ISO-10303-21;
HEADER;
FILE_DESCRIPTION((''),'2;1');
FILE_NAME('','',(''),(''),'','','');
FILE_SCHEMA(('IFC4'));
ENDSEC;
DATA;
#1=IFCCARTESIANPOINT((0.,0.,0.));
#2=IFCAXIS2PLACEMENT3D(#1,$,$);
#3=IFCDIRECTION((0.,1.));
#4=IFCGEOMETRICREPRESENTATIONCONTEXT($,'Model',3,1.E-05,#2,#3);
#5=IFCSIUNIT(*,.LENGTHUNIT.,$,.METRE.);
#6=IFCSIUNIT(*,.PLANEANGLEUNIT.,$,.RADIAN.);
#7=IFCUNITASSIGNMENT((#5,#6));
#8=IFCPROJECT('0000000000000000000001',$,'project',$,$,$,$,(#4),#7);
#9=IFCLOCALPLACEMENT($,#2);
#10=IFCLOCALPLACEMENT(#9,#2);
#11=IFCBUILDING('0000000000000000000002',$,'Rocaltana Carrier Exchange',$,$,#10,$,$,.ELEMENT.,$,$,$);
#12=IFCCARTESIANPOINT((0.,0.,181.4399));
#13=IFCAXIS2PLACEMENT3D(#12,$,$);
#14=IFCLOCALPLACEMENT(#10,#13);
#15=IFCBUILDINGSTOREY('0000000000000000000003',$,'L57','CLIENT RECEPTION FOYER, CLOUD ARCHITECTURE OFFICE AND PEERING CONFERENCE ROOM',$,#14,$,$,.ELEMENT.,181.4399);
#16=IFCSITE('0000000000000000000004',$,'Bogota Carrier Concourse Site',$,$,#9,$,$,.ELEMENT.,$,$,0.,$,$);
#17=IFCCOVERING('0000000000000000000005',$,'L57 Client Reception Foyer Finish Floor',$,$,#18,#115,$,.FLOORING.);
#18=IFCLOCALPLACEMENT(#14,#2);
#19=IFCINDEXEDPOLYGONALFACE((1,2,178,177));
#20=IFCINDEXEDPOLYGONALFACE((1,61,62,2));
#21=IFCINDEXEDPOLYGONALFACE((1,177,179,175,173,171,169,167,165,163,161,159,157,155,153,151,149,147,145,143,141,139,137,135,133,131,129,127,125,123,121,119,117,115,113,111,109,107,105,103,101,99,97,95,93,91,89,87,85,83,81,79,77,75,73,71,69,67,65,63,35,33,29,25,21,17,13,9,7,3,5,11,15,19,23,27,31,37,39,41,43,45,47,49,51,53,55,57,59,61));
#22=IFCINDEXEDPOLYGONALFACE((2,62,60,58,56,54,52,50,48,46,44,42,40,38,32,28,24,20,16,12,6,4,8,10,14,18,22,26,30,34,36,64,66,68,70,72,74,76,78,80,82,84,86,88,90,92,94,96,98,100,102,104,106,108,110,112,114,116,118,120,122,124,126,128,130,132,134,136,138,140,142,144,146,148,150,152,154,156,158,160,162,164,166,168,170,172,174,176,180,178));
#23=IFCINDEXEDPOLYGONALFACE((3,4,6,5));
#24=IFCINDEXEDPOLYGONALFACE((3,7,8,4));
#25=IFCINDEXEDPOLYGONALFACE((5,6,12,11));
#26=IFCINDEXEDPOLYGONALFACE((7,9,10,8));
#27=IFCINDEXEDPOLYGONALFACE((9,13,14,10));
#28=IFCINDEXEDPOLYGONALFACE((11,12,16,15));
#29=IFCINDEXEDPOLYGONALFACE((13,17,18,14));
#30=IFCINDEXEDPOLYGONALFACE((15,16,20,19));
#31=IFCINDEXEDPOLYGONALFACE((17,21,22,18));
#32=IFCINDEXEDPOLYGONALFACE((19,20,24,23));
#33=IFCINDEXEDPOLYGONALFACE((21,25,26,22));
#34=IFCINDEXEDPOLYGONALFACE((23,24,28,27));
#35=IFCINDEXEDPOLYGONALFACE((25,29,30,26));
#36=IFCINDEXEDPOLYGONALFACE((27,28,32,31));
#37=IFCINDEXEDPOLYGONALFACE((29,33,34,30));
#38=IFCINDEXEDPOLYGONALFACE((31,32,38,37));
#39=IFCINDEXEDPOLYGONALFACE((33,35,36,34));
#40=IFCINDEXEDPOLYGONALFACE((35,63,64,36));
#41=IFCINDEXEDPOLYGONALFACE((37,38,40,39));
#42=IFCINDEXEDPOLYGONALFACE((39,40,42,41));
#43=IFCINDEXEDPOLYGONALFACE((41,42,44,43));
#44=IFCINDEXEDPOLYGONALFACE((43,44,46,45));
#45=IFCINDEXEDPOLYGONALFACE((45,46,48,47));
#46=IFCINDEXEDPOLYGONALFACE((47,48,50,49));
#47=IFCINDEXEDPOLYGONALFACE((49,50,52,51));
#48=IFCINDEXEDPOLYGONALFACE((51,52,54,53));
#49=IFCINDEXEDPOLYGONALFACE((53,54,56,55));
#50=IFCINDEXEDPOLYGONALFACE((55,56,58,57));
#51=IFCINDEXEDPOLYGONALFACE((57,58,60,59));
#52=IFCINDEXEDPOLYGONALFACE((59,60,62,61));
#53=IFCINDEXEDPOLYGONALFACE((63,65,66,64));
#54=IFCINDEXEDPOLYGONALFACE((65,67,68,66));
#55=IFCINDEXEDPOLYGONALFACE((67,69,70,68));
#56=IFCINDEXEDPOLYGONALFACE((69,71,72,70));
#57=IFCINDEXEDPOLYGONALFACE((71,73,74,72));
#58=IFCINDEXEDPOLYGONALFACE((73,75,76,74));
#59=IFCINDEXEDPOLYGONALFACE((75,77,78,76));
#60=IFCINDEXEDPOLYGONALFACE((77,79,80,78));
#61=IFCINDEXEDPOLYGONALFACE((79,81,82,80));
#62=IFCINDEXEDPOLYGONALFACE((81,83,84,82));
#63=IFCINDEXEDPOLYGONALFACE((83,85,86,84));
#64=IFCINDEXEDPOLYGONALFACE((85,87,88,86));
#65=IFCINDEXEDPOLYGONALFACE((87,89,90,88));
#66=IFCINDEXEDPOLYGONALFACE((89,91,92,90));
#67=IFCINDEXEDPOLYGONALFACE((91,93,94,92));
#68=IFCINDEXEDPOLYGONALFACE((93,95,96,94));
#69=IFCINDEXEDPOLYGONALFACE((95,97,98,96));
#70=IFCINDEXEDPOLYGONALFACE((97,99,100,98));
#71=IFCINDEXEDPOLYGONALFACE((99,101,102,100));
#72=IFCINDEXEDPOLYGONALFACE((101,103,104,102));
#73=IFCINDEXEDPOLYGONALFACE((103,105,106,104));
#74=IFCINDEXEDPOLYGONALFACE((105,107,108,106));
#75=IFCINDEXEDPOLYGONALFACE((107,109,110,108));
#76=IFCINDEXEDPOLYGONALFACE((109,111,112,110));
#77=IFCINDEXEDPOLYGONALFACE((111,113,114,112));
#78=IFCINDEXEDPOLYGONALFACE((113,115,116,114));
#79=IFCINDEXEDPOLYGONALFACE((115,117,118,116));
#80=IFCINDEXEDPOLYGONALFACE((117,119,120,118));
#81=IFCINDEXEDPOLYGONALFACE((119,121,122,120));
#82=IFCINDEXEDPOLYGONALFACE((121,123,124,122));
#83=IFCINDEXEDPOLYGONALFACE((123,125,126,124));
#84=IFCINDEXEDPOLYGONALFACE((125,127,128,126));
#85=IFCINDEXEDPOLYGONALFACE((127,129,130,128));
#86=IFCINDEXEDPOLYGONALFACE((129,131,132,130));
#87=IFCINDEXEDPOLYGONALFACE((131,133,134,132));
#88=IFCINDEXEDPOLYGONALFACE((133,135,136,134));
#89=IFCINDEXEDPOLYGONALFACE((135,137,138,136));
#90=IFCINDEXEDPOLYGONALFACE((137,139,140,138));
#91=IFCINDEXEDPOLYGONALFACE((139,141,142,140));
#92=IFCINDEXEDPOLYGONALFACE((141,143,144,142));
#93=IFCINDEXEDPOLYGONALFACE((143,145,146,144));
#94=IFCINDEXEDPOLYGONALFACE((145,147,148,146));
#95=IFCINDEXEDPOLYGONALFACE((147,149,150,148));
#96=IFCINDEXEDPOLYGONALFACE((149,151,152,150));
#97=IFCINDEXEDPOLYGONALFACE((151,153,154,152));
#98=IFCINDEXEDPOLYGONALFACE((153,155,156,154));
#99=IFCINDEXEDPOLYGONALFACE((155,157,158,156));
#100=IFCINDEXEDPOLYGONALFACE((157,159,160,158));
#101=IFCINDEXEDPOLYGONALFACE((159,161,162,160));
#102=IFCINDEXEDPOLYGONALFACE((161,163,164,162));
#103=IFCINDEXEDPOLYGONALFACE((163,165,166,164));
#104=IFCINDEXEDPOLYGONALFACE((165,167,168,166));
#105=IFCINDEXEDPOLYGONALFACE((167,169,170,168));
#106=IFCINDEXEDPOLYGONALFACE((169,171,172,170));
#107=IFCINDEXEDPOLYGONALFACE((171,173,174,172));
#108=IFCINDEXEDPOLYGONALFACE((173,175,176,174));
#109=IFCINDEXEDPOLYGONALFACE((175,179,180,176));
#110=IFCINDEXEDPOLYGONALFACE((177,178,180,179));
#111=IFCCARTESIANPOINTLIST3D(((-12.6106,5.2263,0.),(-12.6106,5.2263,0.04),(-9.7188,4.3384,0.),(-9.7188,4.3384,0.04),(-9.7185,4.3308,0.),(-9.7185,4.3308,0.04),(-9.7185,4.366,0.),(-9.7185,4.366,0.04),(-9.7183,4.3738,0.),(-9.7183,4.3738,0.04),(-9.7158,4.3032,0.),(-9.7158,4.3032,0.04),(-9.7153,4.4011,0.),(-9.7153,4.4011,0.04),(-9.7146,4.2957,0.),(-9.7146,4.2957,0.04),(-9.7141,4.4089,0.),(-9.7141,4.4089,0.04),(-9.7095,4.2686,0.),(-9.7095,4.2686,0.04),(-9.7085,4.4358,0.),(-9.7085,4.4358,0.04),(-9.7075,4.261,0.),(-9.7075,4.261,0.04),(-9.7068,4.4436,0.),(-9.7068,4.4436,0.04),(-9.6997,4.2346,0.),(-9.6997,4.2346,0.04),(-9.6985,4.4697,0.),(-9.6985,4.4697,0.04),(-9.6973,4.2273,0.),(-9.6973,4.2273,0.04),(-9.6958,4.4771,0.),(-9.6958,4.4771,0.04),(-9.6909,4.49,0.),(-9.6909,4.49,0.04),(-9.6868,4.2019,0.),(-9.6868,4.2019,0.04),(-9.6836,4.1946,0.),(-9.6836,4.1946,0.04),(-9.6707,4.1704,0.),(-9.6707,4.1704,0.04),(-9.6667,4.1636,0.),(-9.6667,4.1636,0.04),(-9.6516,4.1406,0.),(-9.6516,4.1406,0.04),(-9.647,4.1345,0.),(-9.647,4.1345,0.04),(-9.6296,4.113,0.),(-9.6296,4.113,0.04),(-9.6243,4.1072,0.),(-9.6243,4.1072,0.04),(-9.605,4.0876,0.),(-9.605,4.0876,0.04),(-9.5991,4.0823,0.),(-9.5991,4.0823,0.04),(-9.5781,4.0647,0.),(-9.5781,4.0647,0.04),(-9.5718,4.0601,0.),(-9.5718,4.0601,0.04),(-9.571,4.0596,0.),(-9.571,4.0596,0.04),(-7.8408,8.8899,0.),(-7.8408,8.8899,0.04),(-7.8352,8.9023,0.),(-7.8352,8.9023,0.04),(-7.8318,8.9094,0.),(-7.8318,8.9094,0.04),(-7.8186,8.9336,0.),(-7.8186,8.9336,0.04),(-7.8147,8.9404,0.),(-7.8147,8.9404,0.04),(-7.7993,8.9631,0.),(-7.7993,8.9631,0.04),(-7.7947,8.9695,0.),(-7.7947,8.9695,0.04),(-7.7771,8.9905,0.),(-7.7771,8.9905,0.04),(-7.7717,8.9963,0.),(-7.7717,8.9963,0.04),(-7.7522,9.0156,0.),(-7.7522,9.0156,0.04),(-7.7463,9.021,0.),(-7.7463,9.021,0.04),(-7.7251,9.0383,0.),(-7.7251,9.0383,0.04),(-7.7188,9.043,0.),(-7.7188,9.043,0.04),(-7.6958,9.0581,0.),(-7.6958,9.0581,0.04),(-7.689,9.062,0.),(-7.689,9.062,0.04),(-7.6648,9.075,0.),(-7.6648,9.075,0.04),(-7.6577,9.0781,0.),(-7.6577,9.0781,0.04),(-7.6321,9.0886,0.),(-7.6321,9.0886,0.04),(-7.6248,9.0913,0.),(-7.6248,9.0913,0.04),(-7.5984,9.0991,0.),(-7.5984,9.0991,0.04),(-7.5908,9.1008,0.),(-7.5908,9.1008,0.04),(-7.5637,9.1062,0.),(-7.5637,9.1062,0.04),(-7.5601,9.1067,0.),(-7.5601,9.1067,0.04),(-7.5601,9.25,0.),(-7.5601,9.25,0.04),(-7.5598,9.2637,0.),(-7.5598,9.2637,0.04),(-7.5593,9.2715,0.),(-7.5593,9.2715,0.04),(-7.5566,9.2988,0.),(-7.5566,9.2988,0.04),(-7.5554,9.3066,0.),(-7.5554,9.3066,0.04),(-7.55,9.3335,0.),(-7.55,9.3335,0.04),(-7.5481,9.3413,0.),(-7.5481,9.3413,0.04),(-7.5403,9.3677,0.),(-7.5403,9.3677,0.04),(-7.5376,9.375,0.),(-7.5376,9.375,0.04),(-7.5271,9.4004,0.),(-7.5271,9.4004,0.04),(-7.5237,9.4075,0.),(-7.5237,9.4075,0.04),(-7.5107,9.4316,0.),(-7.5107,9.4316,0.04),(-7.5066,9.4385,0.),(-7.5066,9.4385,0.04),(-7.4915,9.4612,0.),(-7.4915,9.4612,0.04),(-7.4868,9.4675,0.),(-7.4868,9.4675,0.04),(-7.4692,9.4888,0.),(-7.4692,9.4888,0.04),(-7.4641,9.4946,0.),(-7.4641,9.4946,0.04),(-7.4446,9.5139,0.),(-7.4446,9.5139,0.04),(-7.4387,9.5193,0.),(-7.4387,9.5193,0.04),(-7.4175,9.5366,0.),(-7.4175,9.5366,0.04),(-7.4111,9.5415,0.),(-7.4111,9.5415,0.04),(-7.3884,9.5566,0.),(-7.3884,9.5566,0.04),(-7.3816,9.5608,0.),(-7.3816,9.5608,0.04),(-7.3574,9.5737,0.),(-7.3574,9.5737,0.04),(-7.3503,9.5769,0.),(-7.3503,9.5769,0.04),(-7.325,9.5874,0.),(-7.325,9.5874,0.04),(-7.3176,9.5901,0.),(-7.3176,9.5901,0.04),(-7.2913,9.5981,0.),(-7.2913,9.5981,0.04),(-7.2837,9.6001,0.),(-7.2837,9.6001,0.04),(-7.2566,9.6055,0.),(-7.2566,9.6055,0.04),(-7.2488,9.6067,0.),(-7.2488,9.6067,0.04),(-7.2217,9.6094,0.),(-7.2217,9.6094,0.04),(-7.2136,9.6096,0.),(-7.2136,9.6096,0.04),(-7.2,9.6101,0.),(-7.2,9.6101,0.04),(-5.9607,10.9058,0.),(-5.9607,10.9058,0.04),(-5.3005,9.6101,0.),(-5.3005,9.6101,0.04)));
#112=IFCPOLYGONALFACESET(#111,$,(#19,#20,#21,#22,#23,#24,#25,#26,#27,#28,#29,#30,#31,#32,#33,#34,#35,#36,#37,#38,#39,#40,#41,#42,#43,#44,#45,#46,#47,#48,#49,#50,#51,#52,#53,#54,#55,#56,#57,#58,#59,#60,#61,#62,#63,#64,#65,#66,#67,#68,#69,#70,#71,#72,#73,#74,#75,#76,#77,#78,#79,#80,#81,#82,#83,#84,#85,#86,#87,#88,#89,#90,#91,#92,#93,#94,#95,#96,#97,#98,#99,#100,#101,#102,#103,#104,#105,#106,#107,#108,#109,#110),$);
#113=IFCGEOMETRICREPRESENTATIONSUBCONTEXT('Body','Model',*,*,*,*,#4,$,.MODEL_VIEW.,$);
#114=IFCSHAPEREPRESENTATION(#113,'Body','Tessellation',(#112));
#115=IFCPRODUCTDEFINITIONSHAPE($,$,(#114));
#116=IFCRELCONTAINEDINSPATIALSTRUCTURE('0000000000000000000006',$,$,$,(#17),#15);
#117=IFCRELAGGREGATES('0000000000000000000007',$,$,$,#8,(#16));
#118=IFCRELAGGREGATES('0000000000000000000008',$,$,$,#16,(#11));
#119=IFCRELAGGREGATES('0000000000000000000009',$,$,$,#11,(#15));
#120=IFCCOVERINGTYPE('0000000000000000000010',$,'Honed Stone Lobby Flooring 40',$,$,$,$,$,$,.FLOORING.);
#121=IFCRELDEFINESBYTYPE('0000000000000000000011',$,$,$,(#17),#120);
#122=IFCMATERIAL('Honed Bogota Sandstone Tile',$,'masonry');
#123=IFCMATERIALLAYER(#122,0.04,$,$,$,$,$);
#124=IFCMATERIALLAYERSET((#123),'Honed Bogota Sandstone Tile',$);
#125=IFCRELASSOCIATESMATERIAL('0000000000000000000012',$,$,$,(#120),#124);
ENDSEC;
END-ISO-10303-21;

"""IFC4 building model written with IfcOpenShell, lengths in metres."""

from ifc_helpers import new_model, si_unit, direction, frame, origin, place, context, subcontext, project, spatial, polyline, outline, extrude, material, layer, layer_set, type_object, element, save


model = new_model("IFC4")

# Units and contexts
model_context = context("Model", 3, precision=1e-05, world=origin(), true_north=direction((0.0, 1.0)))
body_context = subcontext(model_context, "Body", "Model", "MODEL_VIEW")
ifc_project = project(units=[si_unit("LENGTHUNIT", "METRE"), si_unit("PLANEANGLEUNIT", "RADIAN")], contexts=[model_context])

# Site, building, storey
site_placement = place(None, origin())
site = spatial("IfcSite", under=ifc_project, at=site_placement, Name="Bogota Carrier Concourse Site", CompositionType="ELEMENT", RefElevation=0.0)
building_placement = place(site_placement, origin())
building = spatial("IfcBuilding", under=site, at=building_placement, Name="Rocaltana Carrier Exchange", CompositionType="ELEMENT")
storey_placement = place(building_placement, frame((0.0, 0.0, 181.4399)))
storey = spatial("IfcBuildingStorey", under=building, at=storey_placement, Name="L57", Description="CLIENT RECEPTION FOYER, CLOUD ARCHITECTURE OFFICE AND PEERING CONFERENCE ROOM", CompositionType="ELEMENT", Elevation=181.4399)

# Covering
ifc_material_1 = material(Name="Honed Bogota Sandstone Tile", Category="masonry")
ifc_layer_1 = layer(ifc_material_1, 0.04)
ifc_layer_set_1 = layer_set([ifc_layer_1], Name="Honed Bogota Sandstone Tile")
covering_type_1 = type_object("IfcCoveringType", Name="Honed Stone Lobby Flooring 40", PredefinedType="FLOORING", material=ifc_layer_set_1)
covering_1_placement = place(storey_placement, origin())
element("IfcCovering", 1, at=covering_1_placement, inside=storey, type_object=covering_type_1, Name="L57 Client Reception Foyer Finish Floor", PredefinedType="FLOORING", context=body_context, shape_type="SweptSolid", body=[
    extrude(outline(polyline([(-9.571, 4.0596), (-12.6106, 5.2263), (-5.9607, 10.9058), (-5.3005, 9.6101), (-7.2, 9.6101), (-7.2136, 9.6096), (-7.2217, 9.6094), (-7.2488, 9.6067), (-7.2566, 9.6055), (-7.2837, 9.6001), (-7.2913, 9.5981), (-7.3176, 9.5901), (-7.325, 9.5874), (-7.3503, 9.5769), (-7.3574, 9.5737), (-7.3816, 9.5608), (-7.3884, 9.5566), (-7.4111, 9.5415), (-7.4175, 9.5366), (-7.4387, 9.5193), (-7.4446, 9.5139), (-7.4641, 9.4946), (-7.4692, 9.4888), (-7.4868, 9.4675), (-7.4915, 9.4612), (-7.5066, 9.4385), (-7.5107, 9.4316), (-7.5237, 9.4075), (-7.5271, 9.4004), (-7.5376, 9.375), (-7.5403, 9.3677), (-7.5481, 9.3413), (-7.55, 9.3335), (-7.5554, 9.3066), (-7.5566, 9.2988), (-7.5593, 9.2715), (-7.5598, 9.2637), (-7.5601, 9.25), (-7.5601, 9.1067), (-7.5637, 9.1062), (-7.5908, 9.1008), (-7.5984, 9.0991), (-7.6248, 9.0913), (-7.6321, 9.0886), (-7.6577, 9.0781), (-7.6648, 9.075), (-7.689, 9.062), (-7.6958, 9.0581), (-7.7188, 9.043), (-7.7251, 9.0383), (-7.7463, 9.021), (-7.7522, 9.0156), (-7.7717, 8.9963), (-7.7771, 8.9905), (-7.7947, 8.9695), (-7.7993, 8.9631), (-7.8147, 8.9404), (-7.8186, 8.9336), (-7.8318, 8.9094), (-7.8352, 8.9023), (-7.8408, 8.8899), (-9.6909, 4.49), (-9.6958, 4.4771), (-9.6985, 4.4697), (-9.7068, 4.4436), (-9.7085, 4.4358), (-9.7141, 4.4089), (-9.7153, 4.4011), (-9.7183, 4.3738), (-9.7185, 4.366), (-9.7188, 4.3384), (-9.7185, 4.3308), (-9.7158, 4.3032), (-9.7146, 4.2957), (-9.7095, 4.2686), (-9.7075, 4.261), (-9.6997, 4.2346), (-9.6973, 4.2273), (-9.6868, 4.2019), (-9.6836, 4.1946), (-9.6707, 4.1704), (-9.6667, 4.1636), (-9.6516, 4.1406), (-9.647, 4.1345), (-9.6296, 4.113), (-9.6243, 4.1072), (-9.605, 4.0876), (-9.5991, 4.0823), (-9.5781, 4.0647), (-9.5718, 4.0601), (-9.571, 4.0596)])), origin(), (0.0, 0.0, 1.0), 0.04),
])

save(model, "model.ifc")
